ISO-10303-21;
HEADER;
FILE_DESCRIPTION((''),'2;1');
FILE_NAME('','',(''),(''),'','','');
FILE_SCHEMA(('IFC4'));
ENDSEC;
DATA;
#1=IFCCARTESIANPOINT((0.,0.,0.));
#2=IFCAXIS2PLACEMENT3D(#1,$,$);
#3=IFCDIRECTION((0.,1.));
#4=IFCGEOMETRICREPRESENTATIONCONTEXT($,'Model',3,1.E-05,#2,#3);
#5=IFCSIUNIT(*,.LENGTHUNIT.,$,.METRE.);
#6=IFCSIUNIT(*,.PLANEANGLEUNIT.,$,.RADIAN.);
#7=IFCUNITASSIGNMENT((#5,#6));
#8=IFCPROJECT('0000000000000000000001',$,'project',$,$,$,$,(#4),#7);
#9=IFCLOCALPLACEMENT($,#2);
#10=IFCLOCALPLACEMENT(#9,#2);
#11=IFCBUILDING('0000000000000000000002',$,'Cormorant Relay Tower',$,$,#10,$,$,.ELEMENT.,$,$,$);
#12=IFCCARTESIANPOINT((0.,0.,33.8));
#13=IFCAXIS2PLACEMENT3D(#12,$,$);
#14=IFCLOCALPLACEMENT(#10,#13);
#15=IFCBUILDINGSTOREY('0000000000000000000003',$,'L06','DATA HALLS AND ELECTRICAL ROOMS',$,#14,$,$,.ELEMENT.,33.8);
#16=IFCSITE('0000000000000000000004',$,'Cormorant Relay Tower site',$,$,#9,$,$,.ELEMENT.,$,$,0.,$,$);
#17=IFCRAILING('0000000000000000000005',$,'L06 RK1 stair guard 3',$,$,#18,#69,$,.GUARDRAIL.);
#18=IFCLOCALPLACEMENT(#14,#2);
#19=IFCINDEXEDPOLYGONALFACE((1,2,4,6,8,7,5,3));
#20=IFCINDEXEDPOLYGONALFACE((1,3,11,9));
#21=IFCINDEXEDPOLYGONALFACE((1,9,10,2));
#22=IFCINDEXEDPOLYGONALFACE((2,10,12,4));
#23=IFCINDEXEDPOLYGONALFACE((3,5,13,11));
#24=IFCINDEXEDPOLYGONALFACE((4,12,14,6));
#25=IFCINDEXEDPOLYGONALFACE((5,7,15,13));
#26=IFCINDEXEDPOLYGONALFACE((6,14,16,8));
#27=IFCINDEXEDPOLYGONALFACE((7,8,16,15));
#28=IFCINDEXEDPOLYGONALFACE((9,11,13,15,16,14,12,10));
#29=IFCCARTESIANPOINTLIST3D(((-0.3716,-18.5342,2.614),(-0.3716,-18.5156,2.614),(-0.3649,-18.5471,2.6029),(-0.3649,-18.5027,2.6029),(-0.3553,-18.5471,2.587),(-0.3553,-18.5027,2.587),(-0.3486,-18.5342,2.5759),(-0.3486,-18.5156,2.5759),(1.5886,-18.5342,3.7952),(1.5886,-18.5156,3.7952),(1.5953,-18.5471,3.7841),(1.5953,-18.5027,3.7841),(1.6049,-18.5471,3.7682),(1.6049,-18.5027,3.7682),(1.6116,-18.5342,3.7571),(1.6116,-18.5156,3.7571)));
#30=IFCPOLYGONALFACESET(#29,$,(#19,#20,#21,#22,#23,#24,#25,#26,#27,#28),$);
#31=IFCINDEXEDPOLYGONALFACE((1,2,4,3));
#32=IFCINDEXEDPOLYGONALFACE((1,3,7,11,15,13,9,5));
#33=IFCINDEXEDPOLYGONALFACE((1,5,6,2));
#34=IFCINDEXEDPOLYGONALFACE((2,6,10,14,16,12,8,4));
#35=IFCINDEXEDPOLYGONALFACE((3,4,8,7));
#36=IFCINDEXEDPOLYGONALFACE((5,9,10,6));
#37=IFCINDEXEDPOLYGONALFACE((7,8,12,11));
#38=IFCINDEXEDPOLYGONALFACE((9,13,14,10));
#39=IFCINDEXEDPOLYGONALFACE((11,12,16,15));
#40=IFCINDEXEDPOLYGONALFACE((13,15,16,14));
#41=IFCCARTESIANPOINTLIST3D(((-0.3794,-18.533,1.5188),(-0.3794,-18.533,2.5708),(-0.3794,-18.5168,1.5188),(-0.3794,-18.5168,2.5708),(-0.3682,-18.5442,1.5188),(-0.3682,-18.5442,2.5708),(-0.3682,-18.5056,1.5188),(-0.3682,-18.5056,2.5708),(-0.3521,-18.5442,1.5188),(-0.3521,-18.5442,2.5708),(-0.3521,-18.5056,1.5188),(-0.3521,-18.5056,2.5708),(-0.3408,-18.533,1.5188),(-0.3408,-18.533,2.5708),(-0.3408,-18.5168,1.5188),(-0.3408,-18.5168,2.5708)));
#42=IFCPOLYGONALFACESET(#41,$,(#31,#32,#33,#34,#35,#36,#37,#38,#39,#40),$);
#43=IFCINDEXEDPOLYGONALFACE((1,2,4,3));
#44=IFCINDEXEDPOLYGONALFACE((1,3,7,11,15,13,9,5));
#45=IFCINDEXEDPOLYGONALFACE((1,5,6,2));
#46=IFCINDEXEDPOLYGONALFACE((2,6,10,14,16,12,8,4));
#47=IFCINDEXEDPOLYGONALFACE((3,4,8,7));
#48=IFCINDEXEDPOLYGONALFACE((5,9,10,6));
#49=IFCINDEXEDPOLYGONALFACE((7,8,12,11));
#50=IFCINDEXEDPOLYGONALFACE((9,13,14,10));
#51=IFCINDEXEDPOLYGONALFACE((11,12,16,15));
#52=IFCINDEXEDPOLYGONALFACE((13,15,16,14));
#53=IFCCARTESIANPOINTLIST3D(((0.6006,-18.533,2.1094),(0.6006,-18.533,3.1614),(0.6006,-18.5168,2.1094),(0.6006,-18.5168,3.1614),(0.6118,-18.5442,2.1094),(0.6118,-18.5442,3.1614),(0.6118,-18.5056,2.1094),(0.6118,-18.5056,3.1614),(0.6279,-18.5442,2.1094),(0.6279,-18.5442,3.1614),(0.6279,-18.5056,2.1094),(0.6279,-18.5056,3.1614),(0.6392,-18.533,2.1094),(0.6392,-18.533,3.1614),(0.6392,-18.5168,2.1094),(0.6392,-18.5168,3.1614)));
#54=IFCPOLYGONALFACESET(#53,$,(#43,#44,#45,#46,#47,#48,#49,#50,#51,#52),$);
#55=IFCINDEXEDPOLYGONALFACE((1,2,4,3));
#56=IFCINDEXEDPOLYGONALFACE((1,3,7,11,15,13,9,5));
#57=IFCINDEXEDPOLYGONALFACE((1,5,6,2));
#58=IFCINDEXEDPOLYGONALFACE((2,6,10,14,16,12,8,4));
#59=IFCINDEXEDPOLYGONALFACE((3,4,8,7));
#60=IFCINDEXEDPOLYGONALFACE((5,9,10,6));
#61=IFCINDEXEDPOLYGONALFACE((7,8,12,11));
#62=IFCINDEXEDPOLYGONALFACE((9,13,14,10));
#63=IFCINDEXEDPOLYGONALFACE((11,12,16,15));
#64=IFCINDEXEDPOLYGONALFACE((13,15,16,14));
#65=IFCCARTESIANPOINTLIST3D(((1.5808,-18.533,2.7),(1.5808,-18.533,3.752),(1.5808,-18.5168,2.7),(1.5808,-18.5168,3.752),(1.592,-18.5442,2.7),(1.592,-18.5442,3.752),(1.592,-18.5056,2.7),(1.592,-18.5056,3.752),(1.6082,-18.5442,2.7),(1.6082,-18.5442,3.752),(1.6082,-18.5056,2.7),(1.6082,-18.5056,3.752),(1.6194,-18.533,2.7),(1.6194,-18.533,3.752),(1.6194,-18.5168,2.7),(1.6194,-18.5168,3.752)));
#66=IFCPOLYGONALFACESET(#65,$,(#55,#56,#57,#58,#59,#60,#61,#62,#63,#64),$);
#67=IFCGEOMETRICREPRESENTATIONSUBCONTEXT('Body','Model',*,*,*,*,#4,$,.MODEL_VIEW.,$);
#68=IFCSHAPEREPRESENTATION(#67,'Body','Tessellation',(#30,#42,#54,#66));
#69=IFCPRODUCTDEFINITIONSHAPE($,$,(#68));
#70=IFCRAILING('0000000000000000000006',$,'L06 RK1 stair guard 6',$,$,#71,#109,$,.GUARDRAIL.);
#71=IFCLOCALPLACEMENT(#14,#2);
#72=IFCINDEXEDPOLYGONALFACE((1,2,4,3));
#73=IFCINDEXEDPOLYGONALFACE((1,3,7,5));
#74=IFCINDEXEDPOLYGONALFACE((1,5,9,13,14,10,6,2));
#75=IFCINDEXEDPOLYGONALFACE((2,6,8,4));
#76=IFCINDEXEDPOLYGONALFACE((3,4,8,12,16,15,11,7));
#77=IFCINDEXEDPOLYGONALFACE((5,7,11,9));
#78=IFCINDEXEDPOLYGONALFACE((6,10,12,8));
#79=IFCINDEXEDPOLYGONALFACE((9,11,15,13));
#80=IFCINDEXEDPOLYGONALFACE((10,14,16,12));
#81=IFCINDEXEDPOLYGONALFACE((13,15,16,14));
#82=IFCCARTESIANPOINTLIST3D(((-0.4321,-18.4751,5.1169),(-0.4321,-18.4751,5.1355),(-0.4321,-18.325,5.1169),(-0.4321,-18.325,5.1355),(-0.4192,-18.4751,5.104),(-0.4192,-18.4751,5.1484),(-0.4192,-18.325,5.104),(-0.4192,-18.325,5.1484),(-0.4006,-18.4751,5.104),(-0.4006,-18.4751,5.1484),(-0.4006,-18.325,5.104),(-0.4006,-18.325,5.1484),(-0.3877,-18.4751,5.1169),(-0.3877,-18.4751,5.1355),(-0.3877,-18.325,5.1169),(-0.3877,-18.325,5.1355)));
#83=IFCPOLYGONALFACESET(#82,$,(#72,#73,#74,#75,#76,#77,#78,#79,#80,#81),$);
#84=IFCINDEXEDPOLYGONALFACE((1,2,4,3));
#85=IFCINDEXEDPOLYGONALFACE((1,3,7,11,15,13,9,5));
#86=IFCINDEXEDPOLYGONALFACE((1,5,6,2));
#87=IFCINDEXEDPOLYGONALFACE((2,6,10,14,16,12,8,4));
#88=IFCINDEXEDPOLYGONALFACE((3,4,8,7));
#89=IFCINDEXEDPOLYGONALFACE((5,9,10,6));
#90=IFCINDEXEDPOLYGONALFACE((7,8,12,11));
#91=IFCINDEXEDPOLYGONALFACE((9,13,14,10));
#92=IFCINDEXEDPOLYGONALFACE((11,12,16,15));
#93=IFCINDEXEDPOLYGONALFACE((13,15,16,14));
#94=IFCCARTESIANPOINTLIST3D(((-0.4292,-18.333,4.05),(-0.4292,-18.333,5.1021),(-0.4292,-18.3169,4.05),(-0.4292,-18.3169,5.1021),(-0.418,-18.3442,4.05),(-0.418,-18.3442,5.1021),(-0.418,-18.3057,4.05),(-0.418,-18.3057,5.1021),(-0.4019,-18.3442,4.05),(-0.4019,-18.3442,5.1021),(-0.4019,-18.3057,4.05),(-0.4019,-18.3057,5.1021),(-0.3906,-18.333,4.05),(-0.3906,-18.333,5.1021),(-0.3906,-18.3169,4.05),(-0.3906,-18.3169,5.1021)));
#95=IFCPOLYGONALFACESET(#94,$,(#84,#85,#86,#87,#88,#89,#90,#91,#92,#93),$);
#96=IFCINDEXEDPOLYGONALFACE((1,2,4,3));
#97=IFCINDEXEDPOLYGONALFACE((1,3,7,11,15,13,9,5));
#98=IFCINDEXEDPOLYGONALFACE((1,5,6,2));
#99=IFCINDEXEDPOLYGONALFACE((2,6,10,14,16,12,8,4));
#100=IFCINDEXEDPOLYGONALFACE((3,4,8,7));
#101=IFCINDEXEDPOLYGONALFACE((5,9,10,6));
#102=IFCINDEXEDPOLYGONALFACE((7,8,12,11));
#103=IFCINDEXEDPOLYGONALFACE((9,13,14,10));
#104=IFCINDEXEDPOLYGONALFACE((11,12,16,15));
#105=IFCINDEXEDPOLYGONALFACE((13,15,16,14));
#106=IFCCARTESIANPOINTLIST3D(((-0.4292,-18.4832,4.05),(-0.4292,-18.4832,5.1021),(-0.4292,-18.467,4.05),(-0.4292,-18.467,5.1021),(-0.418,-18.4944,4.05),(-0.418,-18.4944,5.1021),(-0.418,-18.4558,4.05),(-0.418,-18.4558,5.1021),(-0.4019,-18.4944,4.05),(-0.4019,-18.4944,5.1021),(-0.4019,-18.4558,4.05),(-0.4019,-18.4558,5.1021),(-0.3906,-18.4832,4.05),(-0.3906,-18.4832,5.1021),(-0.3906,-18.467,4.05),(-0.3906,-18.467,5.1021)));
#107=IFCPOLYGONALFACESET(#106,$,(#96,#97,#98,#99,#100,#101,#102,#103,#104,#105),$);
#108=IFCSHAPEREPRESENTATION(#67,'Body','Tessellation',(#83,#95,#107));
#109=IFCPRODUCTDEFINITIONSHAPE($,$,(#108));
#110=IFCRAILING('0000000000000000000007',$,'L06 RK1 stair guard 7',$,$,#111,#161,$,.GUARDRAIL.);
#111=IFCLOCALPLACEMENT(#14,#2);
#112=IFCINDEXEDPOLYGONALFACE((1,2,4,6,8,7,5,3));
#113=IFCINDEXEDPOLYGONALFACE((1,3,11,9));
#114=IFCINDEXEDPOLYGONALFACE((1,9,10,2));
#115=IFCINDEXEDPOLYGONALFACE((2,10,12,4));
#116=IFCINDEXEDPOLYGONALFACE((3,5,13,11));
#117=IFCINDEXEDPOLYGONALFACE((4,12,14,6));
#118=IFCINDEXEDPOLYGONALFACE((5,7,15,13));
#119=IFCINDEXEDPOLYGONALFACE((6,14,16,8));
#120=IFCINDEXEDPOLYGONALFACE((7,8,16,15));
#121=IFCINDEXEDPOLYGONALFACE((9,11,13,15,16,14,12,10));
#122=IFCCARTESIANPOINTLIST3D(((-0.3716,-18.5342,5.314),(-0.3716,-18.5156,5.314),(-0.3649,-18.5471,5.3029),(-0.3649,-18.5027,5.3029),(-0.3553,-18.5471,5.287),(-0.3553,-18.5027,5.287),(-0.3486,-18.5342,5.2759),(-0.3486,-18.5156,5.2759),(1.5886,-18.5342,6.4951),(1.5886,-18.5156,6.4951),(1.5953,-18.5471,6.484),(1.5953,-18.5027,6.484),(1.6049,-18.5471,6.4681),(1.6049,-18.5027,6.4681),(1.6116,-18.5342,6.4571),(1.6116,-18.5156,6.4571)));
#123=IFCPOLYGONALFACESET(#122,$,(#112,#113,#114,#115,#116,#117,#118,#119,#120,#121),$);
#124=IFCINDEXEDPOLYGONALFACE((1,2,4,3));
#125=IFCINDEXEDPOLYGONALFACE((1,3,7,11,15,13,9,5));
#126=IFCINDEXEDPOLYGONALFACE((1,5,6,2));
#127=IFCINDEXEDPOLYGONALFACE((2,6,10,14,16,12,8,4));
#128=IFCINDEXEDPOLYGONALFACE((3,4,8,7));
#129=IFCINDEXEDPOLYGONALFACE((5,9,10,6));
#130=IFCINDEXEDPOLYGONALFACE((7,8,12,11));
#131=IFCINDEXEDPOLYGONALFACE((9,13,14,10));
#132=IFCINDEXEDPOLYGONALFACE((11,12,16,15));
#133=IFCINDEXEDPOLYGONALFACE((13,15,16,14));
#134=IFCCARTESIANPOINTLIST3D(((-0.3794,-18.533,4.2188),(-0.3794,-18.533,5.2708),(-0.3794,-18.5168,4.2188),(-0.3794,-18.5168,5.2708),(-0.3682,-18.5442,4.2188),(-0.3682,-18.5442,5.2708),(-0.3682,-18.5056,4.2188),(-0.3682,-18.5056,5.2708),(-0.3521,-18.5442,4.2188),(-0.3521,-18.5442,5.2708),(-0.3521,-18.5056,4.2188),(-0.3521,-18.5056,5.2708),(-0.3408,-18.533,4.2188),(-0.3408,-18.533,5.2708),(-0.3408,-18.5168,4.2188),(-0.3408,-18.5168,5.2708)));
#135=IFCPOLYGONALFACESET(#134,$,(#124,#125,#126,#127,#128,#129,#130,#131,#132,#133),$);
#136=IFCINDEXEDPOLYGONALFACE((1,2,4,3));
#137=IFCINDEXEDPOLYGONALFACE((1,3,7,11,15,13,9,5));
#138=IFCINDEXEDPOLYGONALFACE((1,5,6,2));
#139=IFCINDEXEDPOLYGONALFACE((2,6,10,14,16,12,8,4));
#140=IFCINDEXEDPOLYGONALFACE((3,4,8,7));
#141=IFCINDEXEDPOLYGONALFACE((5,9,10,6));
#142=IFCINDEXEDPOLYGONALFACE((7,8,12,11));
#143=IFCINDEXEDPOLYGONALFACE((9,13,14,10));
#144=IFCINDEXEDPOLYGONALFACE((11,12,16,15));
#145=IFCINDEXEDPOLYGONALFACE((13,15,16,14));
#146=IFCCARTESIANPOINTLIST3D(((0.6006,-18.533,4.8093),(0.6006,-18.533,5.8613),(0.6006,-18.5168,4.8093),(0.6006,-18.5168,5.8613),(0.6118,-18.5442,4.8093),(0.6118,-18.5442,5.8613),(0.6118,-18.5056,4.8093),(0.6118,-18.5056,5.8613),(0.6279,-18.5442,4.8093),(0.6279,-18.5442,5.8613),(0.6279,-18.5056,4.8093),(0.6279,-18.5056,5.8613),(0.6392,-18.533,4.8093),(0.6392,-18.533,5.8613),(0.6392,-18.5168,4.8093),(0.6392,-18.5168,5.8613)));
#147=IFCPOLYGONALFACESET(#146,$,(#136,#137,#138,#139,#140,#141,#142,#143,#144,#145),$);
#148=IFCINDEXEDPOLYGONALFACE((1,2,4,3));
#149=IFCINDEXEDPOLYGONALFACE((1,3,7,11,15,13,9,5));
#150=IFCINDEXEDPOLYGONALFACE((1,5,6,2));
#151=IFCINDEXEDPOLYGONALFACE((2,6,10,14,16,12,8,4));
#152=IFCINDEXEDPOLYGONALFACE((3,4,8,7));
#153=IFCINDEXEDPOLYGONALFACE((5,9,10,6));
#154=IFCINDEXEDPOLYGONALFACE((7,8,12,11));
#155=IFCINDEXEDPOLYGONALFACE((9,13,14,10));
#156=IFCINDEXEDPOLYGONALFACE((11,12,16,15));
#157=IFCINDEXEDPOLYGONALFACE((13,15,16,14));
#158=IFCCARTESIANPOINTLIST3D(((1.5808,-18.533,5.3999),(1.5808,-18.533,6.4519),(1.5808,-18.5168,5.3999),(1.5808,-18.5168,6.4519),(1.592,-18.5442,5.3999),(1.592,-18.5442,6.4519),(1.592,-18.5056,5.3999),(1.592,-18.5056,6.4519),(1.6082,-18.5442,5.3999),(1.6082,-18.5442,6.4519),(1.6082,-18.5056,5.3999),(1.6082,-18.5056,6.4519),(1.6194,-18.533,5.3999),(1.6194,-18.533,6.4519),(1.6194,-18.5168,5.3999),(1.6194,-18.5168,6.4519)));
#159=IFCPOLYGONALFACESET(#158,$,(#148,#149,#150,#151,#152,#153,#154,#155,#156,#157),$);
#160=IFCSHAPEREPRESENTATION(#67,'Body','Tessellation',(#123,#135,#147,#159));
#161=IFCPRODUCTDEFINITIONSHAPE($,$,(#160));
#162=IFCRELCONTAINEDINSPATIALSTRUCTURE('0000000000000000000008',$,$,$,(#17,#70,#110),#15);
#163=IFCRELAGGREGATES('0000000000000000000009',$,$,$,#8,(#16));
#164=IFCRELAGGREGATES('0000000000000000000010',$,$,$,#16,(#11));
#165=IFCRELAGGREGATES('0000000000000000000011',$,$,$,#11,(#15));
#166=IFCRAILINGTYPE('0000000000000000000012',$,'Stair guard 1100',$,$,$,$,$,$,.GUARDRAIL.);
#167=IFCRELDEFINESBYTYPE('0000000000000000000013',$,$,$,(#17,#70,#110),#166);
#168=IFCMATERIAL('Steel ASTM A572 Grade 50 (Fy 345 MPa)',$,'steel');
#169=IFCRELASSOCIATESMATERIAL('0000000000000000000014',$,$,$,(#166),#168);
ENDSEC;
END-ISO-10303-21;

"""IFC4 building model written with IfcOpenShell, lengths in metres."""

from ifc_helpers import new_model, si_unit, direction, frame, origin, place, context, subcontext, project, spatial, polyline, outline, extrude, material, type_object, element, save


model = new_model("IFC4")

# Units and contexts
model_context = context("Model", 3, precision=1e-05, world=origin(), true_north=direction((0.0, 1.0)))
body_context = subcontext(model_context, "Body", "Model", "MODEL_VIEW")
ifc_project = project(units=[si_unit("LENGTHUNIT", "METRE"), si_unit("PLANEANGLEUNIT", "RADIAN")], contexts=[model_context])

# Site, building, storey
site_placement = place(None, origin())
site = spatial("IfcSite", under=ifc_project, at=site_placement, Name="Cormorant Relay Tower site", CompositionType="ELEMENT", RefElevation=0.0)
building_placement = place(site_placement, origin())
building = spatial("IfcBuilding", under=site, at=building_placement, Name="Cormorant Relay Tower", CompositionType="ELEMENT")
storey_placement = place(building_placement, frame((0.0, 0.0, 33.8)))
storey = spatial("IfcBuildingStorey", under=building, at=storey_placement, Name="L06", Description="DATA HALLS AND ELECTRICAL ROOMS", CompositionType="ELEMENT", Elevation=33.8)

# Railings
ifc_material_1 = material(Name="Steel ASTM A572 Grade 50 (Fy 345 MPa)", Category="steel")
railing_type_1 = type_object("IfcRailingType", Name="Stair guard 1100", PredefinedType="GUARDRAIL", material=ifc_material_1)
railing_1_placement = place(storey_placement, frame((-0.3601, -18.5249, 1.5188)))
element("IfcRailing", 1, at=railing_1_placement, inside=storey, type_object=railing_type_1, Name="L06 RK1 stair guard 3", PredefinedType="GUARDRAIL", context=body_context, shape_type="SweptSolid", body=[
    extrude(outline(polyline([(0.0222, 0.0093), (0.0093, 0.0222), (-0.0093, 0.0222), (-0.0222, 0.0093), (-0.0222, -0.0093), (-0.0093, -0.0222), (0.0093, -0.0222), (0.0222, -0.0093), (0.0222, 0.0093)])), frame((0.0, 0.0, 1.0762), z_axis=(0.856522, 0.0, 0.516111), x_axis=(0.0, 1.0, 0.0)), (0.0, 0.0, 1.0), 2.2886),
    extrude(outline(polyline([(0.0193, 0.0081), (0.0081, 0.0193), (-0.0081, 0.0193), (-0.0193, 0.0081), (-0.0193, -0.0081), (-0.0081, -0.0193), (0.0081, -0.0193), (0.0193, -0.0081), (0.0193, 0.0081)])), origin(), (0.0, 0.0, 1.0), 1.052),
    extrude(outline(polyline([(0.0193, 0.0081), (0.0081, 0.0193), (-0.0081, 0.0193), (-0.0193, 0.0081), (-0.0193, -0.0081), (-0.0081, -0.0193), (0.0081, -0.0193), (0.0193, -0.0081), (0.0193, 0.0081)])), frame((0.98, 0.0, 0.5906)), (0.0, 0.0, 1.0), 1.052),
    extrude(outline(polyline([(0.0193, 0.0081), (0.0081, 0.0193), (-0.0081, 0.0193), (-0.0193, 0.0081), (-0.0193, -0.0081), (-0.0081, -0.0193), (0.0081, -0.0193), (0.0193, -0.0081), (0.0193, 0.0081)])), frame((1.9602, 0.0, 1.1812)), (0.0, 0.0, 1.0), 1.052),
])
railing_2_placement = place(storey_placement, frame((-0.4099, -18.325, 4.05)))
element("IfcRailing", 2, at=railing_2_placement, inside=storey, type_object=railing_type_1, Name="L06 RK1 stair guard 6", PredefinedType="GUARDRAIL", context=body_context, shape_type="SweptSolid", body=[
    extrude(outline(polyline([(0.0222, 0.0093), (0.0093, 0.0222), (-0.0093, 0.0222), (-0.0222, 0.0093), (-0.0222, -0.0093), (-0.0093, -0.0222), (0.0093, -0.0222), (0.0222, -0.0093), (0.0222, 0.0093)])), frame((0.0, 0.0, 1.0762), z_axis=(0.0, -1.0, 0.0), x_axis=(1.0, 0.0, 0.0)), (0.0, 0.0, 1.0), 0.1501),
    extrude(outline(polyline([(0.0193, 0.0081), (0.0081, 0.0193), (-0.0081, 0.0193), (-0.0193, 0.0081), (-0.0193, -0.0081), (-0.0081, -0.0193), (0.0081, -0.0193), (0.0193, -0.0081), (0.0193, 0.0081)])), origin(), (0.0, 0.0, 1.0), 1.052),
    extrude(outline(polyline([(0.0193, 0.0081), (0.0081, 0.0193), (-0.0081, 0.0193), (-0.0193, 0.0081), (-0.0193, -0.0081), (-0.0081, -0.0193), (0.0081, -0.0193), (0.0193, -0.0081), (0.0193, 0.0081)])), frame((0.0, -0.1501, 0.0)), (0.0, 0.0, 1.0), 1.052),
])
railing_3_placement = place(storey_placement, frame((-0.3601, -18.5249, 4.2188)))
element("IfcRailing", 3, at=railing_3_placement, inside=storey, type_object=railing_type_1, Name="L06 RK1 stair guard 7", PredefinedType="GUARDRAIL", context=body_context, shape_type="SweptSolid", body=[
    extrude(outline(polyline([(0.0222, 0.0093), (0.0093, 0.0222), (-0.0093, 0.0222), (-0.0222, 0.0093), (-0.0222, -0.0093), (-0.0093, -0.0222), (0.0093, -0.0222), (0.0222, -0.0093), (0.0222, 0.0093)])), frame((0.0, 0.0, 1.0762), z_axis=(0.856522, 0.0, 0.516111), x_axis=(0.0, 1.0, 0.0)), (0.0, 0.0, 1.0), 2.2886),
    extrude(outline(polyline([(0.0193, 0.0081), (0.0081, 0.0193), (-0.0081, 0.0193), (-0.0193, 0.0081), (-0.0193, -0.0081), (-0.0081, -0.0193), (0.0081, -0.0193), (0.0193, -0.0081), (0.0193, 0.0081)])), origin(), (0.0, 0.0, 1.0), 1.052),
    extrude(outline(polyline([(0.0193, 0.0081), (0.0081, 0.0193), (-0.0081, 0.0193), (-0.0193, 0.0081), (-0.0193, -0.0081), (-0.0081, -0.0193), (0.0081, -0.0193), (0.0193, -0.0081), (0.0193, 0.0081)])), frame((0.98, 0.0, 0.5906)), (0.0, 0.0, 1.0), 1.052),
    extrude(outline(polyline([(0.0193, 0.0081), (0.0081, 0.0193), (-0.0081, 0.0193), (-0.0193, 0.0081), (-0.0193, -0.0081), (-0.0081, -0.0193), (0.0081, -0.0193), (0.0193, -0.0081), (0.0193, 0.0081)])), frame((1.9602, 0.0, 1.1812)), (0.0, 0.0, 1.0), 1.052),
])

save(model, "model.ifc")
